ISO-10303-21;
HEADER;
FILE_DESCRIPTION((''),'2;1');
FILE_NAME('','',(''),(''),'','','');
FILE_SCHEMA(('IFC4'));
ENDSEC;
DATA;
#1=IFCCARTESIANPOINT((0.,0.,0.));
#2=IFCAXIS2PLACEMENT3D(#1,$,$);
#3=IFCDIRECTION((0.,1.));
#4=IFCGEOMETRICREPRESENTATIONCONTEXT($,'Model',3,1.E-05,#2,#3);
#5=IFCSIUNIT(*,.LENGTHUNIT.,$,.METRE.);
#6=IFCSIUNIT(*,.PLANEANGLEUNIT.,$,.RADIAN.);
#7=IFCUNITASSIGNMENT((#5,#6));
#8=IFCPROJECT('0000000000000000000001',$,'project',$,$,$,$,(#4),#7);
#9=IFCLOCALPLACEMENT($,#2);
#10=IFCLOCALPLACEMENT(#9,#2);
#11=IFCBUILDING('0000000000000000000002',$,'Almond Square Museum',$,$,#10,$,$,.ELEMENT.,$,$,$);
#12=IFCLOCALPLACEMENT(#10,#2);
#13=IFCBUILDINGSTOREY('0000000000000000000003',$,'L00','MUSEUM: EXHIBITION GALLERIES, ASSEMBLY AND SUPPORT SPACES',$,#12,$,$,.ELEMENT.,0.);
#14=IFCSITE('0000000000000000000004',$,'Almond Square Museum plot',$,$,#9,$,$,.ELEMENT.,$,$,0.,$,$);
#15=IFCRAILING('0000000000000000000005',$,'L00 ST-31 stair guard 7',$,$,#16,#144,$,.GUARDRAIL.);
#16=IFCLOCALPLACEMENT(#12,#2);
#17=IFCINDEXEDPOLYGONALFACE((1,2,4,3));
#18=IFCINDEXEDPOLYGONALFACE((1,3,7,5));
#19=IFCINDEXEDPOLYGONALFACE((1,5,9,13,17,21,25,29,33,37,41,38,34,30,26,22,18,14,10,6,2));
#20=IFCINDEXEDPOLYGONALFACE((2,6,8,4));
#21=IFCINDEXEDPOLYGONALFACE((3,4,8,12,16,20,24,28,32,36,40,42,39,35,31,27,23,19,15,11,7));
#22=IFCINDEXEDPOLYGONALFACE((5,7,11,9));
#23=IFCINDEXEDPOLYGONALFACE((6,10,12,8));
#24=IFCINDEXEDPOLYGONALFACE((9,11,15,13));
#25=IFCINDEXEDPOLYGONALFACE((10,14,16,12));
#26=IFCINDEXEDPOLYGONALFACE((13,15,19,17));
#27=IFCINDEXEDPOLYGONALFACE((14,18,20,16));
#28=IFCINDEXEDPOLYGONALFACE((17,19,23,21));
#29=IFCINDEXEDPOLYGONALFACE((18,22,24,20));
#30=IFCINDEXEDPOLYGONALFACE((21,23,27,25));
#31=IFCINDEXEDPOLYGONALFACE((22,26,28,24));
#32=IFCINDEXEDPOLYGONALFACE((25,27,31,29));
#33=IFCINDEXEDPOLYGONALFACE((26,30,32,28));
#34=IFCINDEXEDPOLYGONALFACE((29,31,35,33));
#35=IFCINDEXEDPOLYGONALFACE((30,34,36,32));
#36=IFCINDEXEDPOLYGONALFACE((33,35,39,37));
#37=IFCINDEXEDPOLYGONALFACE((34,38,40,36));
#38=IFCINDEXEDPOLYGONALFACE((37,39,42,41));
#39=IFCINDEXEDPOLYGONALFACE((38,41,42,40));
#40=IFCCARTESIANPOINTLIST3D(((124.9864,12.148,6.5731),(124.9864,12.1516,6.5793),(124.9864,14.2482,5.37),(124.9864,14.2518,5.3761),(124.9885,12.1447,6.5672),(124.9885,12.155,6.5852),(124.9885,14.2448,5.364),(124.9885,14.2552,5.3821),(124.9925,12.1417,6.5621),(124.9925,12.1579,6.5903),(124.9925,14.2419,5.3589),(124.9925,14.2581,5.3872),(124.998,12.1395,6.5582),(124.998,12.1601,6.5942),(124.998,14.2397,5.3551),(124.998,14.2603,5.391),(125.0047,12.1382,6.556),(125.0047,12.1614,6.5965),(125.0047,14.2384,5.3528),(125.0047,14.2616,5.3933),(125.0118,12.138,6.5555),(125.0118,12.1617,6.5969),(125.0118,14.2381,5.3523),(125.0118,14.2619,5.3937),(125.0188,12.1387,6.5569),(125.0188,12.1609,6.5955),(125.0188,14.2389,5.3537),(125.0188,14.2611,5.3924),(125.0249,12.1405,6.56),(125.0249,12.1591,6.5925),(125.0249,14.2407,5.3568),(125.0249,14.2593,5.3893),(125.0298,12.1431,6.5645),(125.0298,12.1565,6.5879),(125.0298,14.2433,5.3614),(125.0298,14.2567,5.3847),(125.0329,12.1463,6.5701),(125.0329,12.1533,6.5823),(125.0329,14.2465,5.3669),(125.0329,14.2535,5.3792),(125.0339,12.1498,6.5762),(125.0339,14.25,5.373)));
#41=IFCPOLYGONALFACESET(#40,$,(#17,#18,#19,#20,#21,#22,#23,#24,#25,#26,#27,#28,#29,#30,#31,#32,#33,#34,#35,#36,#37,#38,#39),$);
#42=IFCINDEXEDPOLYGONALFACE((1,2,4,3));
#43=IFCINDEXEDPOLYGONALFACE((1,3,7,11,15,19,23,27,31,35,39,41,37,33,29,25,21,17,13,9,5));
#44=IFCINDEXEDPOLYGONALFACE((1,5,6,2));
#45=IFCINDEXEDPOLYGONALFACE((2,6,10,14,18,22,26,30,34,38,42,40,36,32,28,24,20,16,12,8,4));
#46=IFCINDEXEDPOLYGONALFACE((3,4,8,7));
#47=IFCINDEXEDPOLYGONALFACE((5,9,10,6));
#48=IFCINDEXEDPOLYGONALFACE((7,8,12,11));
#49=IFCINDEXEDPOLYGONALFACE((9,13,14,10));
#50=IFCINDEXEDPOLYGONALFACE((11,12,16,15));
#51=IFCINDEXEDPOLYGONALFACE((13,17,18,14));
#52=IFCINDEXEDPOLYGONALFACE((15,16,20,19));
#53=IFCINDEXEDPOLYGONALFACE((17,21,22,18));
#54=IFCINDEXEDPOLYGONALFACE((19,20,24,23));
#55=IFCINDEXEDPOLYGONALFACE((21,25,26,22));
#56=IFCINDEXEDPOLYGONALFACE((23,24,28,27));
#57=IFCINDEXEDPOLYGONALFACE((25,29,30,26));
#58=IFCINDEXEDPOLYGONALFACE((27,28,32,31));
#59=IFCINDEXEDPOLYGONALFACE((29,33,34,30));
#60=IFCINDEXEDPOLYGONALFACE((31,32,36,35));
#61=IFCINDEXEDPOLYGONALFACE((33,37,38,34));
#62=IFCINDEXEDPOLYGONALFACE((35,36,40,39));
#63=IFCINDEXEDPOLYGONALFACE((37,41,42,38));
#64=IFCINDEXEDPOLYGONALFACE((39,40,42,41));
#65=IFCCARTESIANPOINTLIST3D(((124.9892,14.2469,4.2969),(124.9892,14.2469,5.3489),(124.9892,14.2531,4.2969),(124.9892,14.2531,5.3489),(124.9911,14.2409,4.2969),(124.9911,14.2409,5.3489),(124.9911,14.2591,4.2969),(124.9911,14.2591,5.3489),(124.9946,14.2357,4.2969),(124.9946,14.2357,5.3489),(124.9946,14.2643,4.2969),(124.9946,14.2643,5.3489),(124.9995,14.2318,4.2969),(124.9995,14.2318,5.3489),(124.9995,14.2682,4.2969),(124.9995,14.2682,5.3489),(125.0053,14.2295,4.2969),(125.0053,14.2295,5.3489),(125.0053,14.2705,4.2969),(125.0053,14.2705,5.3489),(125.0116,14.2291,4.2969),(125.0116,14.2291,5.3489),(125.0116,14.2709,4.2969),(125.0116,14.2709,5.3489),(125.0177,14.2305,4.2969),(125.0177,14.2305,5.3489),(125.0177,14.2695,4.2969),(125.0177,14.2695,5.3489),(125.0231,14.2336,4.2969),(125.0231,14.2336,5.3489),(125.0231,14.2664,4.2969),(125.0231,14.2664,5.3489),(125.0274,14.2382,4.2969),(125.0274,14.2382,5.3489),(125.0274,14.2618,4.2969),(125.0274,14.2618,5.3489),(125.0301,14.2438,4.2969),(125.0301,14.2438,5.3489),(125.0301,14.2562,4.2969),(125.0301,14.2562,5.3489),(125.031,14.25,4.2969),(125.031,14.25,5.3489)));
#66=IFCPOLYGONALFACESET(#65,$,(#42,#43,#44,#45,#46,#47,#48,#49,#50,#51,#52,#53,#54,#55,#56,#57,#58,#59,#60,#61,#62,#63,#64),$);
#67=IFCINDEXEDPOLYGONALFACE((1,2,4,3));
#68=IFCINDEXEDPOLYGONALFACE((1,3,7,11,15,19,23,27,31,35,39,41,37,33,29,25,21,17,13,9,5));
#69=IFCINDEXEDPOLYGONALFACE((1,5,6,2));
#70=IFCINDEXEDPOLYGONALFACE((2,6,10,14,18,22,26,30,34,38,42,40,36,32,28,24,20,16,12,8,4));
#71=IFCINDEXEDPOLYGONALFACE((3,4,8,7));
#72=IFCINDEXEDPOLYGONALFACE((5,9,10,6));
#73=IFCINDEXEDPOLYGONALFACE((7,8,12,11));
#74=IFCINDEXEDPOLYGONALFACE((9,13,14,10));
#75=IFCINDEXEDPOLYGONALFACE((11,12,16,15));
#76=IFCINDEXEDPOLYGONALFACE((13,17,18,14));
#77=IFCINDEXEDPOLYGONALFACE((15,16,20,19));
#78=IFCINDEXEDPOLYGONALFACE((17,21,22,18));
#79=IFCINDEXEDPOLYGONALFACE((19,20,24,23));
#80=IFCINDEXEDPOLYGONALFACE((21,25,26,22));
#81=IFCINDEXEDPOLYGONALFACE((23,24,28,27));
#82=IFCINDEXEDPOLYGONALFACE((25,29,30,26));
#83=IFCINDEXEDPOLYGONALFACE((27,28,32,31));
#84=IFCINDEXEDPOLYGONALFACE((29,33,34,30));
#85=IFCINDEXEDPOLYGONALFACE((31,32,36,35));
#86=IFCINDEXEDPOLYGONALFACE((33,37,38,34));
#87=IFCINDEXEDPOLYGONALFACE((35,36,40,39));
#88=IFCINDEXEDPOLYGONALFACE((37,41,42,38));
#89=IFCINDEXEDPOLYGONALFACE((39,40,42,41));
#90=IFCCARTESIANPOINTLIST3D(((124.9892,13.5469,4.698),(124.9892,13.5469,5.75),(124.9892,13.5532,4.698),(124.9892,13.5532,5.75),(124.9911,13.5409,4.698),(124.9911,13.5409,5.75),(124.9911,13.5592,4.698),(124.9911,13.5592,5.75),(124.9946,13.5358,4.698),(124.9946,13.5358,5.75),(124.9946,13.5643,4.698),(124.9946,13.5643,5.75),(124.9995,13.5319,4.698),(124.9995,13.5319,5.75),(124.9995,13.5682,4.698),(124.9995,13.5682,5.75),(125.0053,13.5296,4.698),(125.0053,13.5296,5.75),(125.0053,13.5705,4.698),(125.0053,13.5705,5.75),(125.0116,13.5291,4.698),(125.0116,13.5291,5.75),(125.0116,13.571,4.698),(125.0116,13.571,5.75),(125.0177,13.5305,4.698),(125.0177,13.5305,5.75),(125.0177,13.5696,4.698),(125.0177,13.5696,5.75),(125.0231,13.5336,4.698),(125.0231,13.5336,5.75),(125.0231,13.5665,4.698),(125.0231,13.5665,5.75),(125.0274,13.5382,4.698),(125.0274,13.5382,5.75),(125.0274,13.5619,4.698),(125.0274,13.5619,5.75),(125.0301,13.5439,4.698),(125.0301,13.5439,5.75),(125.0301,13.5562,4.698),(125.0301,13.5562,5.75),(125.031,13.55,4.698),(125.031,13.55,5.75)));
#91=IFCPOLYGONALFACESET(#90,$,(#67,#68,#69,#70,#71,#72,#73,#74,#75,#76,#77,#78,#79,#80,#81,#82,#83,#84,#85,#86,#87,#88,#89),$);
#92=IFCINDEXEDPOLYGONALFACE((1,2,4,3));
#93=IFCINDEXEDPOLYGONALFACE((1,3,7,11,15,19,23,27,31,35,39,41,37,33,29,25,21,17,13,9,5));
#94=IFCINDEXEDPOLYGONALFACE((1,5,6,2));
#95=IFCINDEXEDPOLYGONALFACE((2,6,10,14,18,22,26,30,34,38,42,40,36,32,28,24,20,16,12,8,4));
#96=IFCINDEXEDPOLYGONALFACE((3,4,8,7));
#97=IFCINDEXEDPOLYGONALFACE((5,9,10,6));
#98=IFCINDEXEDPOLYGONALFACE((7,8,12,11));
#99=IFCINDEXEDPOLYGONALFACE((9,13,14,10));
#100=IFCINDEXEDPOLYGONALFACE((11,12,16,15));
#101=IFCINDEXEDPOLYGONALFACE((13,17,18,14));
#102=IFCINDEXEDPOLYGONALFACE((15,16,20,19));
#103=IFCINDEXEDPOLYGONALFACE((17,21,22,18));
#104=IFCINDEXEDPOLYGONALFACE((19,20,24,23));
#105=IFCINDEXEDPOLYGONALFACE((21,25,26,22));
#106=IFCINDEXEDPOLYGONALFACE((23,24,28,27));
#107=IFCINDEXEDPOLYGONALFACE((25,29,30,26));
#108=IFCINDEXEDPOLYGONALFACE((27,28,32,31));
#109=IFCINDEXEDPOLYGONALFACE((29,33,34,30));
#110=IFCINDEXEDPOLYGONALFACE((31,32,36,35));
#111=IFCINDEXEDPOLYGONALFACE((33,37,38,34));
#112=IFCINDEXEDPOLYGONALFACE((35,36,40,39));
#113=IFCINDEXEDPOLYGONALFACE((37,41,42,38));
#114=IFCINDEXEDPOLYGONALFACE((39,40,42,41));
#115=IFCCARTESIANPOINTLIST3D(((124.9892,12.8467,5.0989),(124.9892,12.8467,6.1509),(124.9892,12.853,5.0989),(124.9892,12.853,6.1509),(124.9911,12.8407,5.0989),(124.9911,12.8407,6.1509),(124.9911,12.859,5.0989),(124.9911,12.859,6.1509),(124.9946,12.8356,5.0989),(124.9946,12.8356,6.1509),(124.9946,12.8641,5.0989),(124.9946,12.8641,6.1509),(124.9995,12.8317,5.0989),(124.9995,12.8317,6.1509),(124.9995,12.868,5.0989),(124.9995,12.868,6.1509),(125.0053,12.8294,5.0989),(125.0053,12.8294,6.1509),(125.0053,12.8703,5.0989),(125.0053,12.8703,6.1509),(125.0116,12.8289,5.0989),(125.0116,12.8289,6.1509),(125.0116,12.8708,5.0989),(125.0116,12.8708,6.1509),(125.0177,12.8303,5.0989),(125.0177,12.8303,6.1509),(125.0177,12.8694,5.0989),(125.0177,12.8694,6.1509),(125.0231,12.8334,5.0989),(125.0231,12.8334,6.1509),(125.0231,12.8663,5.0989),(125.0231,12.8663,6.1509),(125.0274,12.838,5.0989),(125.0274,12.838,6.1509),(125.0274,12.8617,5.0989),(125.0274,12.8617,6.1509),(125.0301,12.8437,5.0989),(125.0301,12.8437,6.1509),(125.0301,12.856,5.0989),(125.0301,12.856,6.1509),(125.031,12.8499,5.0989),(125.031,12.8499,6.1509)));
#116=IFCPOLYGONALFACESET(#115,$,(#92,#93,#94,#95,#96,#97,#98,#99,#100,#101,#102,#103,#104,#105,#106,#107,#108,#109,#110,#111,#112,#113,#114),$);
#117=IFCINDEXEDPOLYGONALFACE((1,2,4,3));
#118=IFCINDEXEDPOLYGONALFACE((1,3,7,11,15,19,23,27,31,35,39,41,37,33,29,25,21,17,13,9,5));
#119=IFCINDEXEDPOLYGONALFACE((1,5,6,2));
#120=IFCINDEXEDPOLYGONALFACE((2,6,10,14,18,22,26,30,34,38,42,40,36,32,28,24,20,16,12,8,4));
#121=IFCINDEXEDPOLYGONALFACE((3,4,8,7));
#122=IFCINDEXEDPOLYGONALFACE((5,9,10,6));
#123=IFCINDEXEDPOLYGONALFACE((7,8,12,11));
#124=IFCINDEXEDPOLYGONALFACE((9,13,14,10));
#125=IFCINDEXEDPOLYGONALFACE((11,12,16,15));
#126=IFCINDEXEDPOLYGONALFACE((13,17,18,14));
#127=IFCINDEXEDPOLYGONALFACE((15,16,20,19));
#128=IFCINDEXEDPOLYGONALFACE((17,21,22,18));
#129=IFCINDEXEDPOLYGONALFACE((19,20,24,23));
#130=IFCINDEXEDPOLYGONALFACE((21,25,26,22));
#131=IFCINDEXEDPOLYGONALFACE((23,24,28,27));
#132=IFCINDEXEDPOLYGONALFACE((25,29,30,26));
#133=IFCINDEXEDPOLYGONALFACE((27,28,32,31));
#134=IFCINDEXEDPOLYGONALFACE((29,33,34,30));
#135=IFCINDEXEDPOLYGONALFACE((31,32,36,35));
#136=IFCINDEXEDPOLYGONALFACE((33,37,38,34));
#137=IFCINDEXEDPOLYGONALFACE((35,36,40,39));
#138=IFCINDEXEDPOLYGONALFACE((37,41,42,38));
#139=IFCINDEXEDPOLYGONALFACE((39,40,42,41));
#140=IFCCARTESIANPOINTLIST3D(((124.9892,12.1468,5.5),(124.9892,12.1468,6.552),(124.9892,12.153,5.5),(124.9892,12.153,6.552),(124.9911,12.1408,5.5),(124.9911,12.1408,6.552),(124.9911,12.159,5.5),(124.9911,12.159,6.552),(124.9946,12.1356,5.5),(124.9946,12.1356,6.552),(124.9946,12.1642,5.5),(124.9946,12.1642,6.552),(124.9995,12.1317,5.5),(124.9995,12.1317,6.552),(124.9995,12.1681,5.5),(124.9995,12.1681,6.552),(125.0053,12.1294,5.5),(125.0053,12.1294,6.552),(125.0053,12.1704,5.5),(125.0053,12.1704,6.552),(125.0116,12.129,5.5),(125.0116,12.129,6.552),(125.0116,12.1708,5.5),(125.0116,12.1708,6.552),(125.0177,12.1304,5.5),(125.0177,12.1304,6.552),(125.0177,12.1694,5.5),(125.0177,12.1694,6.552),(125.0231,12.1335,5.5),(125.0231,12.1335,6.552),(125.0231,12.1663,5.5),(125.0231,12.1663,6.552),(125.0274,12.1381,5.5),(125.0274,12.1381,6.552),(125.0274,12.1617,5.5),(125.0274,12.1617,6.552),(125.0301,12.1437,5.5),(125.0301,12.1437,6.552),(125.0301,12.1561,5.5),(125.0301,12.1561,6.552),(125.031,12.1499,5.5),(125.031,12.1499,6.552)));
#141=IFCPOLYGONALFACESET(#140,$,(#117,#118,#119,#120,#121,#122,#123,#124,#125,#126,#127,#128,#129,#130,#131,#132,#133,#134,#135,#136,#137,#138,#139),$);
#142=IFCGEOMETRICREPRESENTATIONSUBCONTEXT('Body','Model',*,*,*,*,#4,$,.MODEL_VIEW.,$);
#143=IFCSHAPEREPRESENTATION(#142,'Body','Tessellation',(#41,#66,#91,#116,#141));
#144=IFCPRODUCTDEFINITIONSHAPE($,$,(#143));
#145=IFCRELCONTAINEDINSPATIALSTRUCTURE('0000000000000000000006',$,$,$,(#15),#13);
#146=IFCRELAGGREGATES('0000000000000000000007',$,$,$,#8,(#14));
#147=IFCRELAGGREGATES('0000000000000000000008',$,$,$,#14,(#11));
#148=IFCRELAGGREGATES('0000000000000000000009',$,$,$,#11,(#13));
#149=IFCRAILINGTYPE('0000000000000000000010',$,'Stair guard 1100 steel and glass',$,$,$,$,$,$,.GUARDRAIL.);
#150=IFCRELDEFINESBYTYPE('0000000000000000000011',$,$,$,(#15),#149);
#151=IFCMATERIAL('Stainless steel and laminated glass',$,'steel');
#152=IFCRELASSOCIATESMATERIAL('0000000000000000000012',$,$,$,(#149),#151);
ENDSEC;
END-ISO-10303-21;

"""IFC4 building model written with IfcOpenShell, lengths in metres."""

from ifc_helpers import new_model, si_unit, direction, frame, origin, origin_2d, place, context, subcontext, project, spatial, circle, extrude, material, type_object, element, save


model = new_model("IFC4")

# Units and contexts
model_context = context("Model", 3, precision=1e-05, world=origin(), true_north=direction((0.0, 1.0)))
body_context = subcontext(model_context, "Body", "Model", "MODEL_VIEW")
ifc_project = project(units=[si_unit("LENGTHUNIT", "METRE"), si_unit("PLANEANGLEUNIT", "RADIAN")], contexts=[model_context])

# Site, building, storey
site_placement = place(None, origin())
site = spatial("IfcSite", under=ifc_project, at=site_placement, Name="Almond Square Museum plot", CompositionType="ELEMENT", RefElevation=0.0)
building_placement = place(site_placement, origin())
building = spatial("IfcBuilding", under=site, at=building_placement, Name="Almond Square Museum", CompositionType="ELEMENT")
storey_placement = place(building_placement, origin())
storey = spatial("IfcBuildingStorey", under=building, at=storey_placement, Name="L00", Description="MUSEUM: EXHIBITION GALLERIES, ASSEMBLY AND SUPPORT SPACES", CompositionType="ELEMENT", Elevation=0.0)

# Railing
ifc_material_1 = material(Name="Stainless steel and laminated glass", Category="steel")
railing_type_1 = type_object("IfcRailingType", Name="Stair guard 1100 steel and glass", PredefinedType="GUARDRAIL", material=ifc_material_1)
railing_1_placement = place(storey_placement, frame((125.01, 14.25, 4.2969)))
element("IfcRailing", 1, at=railing_1_placement, inside=storey, type_object=railing_type_1, Name="L00 ST-31 stair guard 7", PredefinedType="GUARDRAIL", context=body_context, shape_type="SweptSolid", body=[
    extrude(circle(Radius=0.0239, at=origin_2d()), frame((0.0, 0.0, 1.0762), z_axis=(0.0, -0.867696, 0.497095), x_axis=(1.0, 0.0, 0.0)), (0.0, 0.0, 1.0), 2.4204),
    extrude(circle(Radius=0.021, at=origin_2d()), origin(), (0.0, 0.0, 1.0), 1.052),
    extrude(circle(Radius=0.021, at=origin_2d()), frame((0.0, -0.7, 0.4011)), (0.0, 0.0, 1.0), 1.052),
    extrude(circle(Radius=0.021, at=origin_2d()), frame((0.0, -1.4001, 0.802)), (0.0, 0.0, 1.0), 1.052),
    extrude(circle(Radius=0.021, at=origin_2d()), frame((0.0, -2.1001, 1.2031)), (0.0, 0.0, 1.0), 1.052),
])

save(model, "model.ifc")
